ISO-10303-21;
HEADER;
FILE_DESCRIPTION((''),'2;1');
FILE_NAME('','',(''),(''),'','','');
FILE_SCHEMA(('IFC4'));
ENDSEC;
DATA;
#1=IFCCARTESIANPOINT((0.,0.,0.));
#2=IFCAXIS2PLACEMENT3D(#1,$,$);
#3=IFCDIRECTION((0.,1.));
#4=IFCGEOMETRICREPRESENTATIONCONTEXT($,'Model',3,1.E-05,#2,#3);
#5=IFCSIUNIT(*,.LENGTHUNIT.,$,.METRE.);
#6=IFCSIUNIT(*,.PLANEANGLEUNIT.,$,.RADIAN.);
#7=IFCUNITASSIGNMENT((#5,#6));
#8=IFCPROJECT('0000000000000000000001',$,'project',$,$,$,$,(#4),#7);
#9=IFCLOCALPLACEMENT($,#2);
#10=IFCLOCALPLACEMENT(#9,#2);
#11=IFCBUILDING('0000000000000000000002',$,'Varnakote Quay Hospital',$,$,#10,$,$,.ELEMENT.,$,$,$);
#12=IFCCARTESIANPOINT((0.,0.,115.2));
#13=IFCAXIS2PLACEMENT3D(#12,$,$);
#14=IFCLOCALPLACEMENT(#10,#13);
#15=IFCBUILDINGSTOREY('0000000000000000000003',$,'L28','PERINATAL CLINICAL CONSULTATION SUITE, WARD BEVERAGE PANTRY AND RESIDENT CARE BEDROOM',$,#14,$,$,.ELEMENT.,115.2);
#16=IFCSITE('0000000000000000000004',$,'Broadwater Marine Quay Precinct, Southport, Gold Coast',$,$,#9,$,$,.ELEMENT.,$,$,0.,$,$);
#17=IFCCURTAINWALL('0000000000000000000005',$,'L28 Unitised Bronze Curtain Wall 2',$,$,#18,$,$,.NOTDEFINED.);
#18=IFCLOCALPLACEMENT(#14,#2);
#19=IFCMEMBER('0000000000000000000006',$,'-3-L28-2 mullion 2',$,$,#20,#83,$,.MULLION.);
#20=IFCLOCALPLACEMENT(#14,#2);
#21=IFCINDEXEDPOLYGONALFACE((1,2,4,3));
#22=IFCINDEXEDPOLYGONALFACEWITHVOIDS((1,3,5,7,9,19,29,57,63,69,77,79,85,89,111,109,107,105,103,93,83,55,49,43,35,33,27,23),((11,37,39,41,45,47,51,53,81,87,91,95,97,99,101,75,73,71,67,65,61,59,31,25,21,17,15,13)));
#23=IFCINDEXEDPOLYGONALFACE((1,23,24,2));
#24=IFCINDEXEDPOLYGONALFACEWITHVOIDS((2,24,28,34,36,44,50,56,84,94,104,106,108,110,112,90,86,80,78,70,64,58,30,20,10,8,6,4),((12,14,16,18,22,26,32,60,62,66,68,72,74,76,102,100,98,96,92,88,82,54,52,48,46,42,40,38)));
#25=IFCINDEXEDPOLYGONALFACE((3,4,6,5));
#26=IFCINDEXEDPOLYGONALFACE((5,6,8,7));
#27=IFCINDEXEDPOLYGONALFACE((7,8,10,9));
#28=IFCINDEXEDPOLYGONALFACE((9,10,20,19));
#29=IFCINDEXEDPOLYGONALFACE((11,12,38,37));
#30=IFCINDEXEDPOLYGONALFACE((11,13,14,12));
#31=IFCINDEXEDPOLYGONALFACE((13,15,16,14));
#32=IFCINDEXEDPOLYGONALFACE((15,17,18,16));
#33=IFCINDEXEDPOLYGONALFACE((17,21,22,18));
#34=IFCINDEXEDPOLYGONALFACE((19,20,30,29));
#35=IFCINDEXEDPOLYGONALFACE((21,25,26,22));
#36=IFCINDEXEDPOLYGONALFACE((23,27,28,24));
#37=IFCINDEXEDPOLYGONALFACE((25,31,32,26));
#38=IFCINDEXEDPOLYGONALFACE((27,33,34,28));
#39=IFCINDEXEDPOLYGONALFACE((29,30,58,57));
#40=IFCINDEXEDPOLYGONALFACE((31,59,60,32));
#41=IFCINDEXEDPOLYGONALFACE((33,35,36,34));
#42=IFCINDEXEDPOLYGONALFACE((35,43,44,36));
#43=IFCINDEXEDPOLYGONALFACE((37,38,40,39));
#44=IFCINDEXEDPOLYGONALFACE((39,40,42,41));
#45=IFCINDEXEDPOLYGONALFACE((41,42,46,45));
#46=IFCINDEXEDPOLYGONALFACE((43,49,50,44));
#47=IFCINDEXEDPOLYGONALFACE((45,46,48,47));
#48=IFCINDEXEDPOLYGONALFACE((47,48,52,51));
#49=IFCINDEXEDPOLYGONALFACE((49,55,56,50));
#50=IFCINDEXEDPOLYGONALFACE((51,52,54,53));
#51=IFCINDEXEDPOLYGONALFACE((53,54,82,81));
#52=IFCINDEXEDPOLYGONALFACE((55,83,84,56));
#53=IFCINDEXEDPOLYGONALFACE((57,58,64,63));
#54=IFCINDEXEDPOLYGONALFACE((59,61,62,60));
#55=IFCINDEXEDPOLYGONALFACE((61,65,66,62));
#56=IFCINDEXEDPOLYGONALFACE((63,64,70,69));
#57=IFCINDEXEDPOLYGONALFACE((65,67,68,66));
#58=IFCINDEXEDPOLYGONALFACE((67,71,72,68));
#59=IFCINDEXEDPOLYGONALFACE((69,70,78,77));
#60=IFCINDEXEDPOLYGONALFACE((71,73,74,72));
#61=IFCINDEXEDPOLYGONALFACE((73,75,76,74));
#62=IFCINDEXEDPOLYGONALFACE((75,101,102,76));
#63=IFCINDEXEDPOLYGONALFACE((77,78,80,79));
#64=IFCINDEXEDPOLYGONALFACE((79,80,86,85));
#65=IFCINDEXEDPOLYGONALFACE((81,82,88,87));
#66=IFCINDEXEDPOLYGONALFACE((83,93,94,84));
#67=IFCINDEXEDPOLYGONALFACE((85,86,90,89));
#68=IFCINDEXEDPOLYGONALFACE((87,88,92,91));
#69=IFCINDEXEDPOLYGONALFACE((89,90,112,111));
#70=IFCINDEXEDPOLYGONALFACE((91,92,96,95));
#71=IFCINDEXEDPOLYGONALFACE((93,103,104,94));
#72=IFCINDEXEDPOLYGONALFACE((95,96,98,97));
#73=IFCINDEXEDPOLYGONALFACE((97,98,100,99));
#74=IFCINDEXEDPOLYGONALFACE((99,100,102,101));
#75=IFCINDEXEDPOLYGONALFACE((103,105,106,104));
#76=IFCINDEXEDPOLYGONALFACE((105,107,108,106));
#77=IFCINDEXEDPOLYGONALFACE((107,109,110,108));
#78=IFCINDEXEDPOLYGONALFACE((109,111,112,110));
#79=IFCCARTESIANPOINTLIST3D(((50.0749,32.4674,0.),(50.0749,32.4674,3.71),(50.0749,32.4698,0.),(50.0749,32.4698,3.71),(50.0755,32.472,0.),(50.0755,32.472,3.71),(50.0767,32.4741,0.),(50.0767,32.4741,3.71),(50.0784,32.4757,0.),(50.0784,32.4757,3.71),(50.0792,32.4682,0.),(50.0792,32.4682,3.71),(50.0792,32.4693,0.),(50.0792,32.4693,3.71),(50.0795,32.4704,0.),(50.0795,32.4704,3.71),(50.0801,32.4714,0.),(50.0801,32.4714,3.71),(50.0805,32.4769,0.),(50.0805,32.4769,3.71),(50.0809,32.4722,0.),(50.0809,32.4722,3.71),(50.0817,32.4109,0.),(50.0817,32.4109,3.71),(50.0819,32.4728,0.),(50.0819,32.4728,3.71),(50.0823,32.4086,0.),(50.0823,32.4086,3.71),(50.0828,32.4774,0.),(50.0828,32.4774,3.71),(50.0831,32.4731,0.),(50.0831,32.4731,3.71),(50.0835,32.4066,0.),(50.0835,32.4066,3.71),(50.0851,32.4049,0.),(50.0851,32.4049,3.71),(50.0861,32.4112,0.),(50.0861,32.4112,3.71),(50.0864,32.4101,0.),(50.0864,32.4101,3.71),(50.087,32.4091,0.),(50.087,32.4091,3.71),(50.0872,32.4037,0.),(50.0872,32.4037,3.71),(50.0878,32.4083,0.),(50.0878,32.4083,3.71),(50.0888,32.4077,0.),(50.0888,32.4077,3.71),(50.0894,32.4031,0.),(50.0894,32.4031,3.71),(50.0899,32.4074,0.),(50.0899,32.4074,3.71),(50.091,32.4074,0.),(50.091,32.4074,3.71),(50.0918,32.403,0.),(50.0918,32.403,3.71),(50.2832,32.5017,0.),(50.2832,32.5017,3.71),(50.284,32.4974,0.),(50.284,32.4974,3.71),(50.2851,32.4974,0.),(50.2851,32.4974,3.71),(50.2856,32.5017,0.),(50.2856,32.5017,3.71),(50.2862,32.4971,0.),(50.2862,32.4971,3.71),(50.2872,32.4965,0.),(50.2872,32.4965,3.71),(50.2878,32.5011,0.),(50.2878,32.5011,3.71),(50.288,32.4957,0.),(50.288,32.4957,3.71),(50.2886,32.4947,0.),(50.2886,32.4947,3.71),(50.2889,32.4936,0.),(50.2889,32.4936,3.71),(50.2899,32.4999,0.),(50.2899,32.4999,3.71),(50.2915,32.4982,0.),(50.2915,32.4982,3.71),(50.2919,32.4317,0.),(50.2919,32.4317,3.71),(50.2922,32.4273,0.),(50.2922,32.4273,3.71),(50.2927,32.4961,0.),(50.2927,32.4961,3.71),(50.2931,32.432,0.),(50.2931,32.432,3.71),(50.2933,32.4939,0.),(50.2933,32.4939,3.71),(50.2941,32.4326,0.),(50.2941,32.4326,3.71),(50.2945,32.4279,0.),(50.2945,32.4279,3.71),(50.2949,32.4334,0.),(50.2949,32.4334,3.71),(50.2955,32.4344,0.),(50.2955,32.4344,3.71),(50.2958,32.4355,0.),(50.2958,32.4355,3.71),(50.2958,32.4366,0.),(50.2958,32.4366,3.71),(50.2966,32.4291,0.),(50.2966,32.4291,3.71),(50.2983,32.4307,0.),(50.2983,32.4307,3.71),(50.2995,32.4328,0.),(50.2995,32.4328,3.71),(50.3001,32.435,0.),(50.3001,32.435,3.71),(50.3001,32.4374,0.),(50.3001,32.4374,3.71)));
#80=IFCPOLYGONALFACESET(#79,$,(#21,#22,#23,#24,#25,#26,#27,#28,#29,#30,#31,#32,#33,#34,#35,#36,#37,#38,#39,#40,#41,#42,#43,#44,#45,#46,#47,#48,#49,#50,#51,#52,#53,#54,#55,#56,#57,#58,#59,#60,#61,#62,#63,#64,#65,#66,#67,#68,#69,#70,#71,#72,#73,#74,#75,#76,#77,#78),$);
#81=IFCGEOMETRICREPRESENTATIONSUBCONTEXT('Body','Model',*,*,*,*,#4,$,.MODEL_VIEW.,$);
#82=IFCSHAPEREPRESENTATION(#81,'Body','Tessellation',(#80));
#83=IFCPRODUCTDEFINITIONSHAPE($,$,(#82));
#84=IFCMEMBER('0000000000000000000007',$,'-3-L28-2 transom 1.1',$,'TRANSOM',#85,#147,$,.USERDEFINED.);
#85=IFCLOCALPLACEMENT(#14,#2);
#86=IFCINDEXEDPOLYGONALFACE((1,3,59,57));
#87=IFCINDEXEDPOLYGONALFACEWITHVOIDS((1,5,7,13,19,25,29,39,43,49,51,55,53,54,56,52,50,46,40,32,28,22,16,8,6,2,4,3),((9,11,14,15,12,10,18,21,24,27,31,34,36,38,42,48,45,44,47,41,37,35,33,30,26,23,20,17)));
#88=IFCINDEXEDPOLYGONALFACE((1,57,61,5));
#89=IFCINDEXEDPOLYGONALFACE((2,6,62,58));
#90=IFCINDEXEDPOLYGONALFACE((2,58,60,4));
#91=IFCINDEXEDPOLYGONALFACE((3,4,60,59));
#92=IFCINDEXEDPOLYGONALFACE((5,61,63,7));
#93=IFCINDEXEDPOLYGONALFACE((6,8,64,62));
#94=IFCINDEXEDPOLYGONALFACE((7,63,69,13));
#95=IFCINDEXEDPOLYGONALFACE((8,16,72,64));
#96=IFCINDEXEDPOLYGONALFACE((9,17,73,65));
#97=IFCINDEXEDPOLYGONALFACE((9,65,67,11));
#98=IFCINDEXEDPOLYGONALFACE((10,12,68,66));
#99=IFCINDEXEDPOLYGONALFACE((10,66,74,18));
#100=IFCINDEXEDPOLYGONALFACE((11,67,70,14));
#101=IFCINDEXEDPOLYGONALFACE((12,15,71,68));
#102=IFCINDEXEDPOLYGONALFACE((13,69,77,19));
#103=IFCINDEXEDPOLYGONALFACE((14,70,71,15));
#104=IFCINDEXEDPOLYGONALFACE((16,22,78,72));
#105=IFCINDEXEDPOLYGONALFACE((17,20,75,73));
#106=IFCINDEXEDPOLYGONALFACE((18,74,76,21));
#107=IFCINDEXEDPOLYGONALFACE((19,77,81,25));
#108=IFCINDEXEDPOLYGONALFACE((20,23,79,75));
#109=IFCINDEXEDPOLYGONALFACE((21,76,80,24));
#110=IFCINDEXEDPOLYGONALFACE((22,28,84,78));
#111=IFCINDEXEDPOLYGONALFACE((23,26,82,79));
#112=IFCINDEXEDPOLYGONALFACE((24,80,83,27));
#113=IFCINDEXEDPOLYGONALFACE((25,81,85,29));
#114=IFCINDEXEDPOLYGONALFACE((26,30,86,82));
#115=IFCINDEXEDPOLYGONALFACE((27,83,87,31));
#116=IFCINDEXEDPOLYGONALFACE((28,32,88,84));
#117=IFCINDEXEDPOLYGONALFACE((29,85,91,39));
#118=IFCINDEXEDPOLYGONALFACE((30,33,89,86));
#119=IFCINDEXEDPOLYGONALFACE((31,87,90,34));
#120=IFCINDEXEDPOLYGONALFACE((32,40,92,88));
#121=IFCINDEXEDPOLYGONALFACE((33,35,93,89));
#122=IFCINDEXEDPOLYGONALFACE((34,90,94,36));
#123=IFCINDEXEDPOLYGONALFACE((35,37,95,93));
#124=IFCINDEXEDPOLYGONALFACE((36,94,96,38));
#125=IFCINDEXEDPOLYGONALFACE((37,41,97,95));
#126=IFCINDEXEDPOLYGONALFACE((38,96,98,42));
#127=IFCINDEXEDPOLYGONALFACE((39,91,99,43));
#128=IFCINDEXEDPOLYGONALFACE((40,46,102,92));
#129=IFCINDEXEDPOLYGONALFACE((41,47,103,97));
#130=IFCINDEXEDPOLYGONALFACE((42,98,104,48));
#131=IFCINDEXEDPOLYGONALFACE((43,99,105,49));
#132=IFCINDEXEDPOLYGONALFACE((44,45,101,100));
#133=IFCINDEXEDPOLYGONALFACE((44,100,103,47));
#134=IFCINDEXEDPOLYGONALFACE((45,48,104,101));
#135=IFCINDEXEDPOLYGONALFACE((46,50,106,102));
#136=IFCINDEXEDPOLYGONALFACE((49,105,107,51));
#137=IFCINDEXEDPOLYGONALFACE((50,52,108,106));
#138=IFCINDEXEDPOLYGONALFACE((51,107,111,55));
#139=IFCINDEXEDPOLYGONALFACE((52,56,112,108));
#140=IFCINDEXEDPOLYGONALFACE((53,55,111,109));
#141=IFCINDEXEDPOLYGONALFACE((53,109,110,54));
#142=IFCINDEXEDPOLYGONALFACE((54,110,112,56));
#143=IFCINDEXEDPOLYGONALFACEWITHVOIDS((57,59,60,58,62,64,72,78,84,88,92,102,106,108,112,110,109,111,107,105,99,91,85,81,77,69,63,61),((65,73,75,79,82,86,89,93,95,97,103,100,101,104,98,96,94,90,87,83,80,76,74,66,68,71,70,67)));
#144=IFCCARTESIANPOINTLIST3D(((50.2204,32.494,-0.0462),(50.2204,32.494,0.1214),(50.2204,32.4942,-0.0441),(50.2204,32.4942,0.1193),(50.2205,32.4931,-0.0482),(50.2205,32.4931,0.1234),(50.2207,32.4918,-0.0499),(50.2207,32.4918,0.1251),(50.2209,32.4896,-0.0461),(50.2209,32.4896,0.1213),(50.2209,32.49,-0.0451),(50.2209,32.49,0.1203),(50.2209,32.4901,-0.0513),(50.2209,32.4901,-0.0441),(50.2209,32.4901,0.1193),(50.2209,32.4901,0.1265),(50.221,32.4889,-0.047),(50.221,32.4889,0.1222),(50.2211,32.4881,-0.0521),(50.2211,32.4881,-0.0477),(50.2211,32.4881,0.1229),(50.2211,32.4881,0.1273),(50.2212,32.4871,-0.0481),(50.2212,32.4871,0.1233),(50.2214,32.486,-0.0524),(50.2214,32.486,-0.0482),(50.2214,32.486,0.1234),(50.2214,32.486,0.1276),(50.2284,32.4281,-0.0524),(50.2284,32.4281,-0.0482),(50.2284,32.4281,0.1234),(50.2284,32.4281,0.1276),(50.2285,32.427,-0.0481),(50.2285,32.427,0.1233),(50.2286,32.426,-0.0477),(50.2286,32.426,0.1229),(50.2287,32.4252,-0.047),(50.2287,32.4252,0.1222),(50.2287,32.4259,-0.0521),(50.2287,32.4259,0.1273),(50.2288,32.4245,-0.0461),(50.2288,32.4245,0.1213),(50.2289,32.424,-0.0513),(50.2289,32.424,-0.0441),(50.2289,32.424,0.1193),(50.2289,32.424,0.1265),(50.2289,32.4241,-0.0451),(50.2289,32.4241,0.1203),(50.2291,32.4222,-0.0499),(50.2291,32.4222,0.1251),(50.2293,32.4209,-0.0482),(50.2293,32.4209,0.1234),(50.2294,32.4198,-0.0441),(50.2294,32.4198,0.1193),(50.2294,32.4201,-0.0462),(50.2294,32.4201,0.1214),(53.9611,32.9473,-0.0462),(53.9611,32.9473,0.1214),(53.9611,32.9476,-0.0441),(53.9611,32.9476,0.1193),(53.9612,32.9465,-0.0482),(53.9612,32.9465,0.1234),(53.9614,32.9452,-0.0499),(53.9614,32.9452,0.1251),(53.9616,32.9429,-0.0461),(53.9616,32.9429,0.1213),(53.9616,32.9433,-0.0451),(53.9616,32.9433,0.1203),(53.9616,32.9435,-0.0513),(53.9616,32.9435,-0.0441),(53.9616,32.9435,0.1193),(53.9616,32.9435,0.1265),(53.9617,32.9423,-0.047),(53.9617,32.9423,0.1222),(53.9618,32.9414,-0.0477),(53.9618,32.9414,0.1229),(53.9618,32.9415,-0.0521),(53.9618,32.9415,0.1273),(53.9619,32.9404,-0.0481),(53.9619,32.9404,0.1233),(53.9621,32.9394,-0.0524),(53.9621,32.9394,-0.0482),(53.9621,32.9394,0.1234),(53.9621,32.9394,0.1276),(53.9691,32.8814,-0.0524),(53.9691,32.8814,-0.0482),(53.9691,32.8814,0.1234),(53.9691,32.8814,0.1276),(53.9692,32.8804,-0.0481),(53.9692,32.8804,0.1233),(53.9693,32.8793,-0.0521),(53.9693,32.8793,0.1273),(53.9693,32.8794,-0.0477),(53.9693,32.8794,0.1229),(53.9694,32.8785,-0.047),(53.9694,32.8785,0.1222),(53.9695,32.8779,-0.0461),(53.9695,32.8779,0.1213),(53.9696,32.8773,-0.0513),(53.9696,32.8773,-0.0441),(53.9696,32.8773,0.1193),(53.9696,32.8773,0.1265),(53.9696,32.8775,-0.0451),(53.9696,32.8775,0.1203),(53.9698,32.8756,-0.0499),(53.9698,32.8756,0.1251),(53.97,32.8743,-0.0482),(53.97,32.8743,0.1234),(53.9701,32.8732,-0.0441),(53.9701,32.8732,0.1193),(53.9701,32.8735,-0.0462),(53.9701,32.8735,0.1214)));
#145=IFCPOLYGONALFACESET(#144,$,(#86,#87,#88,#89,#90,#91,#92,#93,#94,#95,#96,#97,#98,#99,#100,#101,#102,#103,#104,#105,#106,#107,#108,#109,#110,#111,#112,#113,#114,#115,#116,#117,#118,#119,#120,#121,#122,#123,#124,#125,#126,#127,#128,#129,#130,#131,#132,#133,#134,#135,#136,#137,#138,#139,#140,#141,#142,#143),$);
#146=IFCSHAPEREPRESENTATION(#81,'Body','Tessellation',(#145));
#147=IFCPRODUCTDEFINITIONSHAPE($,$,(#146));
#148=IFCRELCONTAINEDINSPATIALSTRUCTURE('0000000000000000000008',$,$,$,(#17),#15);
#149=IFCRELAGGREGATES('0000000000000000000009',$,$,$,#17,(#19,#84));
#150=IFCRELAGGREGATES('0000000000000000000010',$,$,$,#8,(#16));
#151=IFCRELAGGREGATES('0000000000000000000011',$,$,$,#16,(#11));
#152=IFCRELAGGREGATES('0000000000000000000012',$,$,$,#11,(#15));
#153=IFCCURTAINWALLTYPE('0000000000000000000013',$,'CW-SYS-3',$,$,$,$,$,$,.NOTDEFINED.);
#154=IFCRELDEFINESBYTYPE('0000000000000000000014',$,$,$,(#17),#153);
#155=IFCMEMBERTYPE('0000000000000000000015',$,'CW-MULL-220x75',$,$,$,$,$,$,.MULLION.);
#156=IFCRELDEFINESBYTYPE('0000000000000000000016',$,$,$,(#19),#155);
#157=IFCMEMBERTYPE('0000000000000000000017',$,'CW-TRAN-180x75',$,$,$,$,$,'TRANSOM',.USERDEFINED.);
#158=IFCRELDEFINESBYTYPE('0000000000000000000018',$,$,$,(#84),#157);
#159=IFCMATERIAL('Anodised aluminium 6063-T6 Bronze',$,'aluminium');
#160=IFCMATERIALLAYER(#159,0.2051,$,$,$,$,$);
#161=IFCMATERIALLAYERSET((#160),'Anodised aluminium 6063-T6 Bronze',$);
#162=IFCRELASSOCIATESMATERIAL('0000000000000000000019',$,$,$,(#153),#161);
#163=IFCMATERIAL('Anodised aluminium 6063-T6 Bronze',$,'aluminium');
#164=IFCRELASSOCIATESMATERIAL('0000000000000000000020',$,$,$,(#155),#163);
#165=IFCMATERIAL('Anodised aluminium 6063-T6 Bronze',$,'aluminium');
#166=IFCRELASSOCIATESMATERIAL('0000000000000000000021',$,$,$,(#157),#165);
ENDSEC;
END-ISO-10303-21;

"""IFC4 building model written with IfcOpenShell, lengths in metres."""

from ifc_helpers import new_model, si_unit, direction, frame, origin, origin_2d, place, context, subcontext, project, spatial, hollow_rectangle, extrude, material, layer, layer_set, material_profile, profile_set, type_object, element, aggregate, save


model = new_model("IFC4")

# Units and contexts
model_context = context("Model", 3, precision=1e-05, world=origin(), true_north=direction((0.0, 1.0)))
body_context = subcontext(model_context, "Body", "Model", "MODEL_VIEW")
ifc_project = project(units=[si_unit("LENGTHUNIT", "METRE"), si_unit("PLANEANGLEUNIT", "RADIAN")], contexts=[model_context])

# Site, building, storey
site_placement = place(None, origin())
site = spatial("IfcSite", under=ifc_project, at=site_placement, Name="Broadwater Marine Quay Precinct, Southport, Gold Coast", CompositionType="ELEMENT", RefElevation=0.0)
building_placement = place(site_placement, origin())
building = spatial("IfcBuilding", under=site, at=building_placement, Name="Varnakote Quay Hospital", CompositionType="ELEMENT")
storey_placement = place(building_placement, frame((0.0, 0.0, 115.2)))
storey = spatial("IfcBuildingStorey", under=building, at=storey_placement, Name="L28", Description="PERINATAL CLINICAL CONSULTATION SUITE, WARD BEVERAGE PANTRY AND RESIDENT CARE BEDROOM", CompositionType="ELEMENT", Elevation=115.2)

# Shared definitions
ifc_material_1 = material(Name="Anodised aluminium 6063-T6 Bronze", Category="aluminium")
ifc_layer_1 = layer(ifc_material_1, 0.2051)
ifc_layer_set_1 = layer_set([ifc_layer_1], Name="Anodised aluminium 6063-T6 Bronze")
curtain_wall_type = type_object("IfcCurtainWallType", Name="CW-SYS-3", PredefinedType="NOTDEFINED", material=ifc_layer_set_1)
ifc_material_2 = material(Name="Anodised aluminium 6063-T6 Bronze", Category="aluminium")
ifc_material_profile_1 = material_profile(ifc_material_2, hollow_rectangle(XDim=0.075, YDim=0.22, WallThickness=0.0044, InnerFilletRadius=0.0044, OuterFilletRadius=0.009, at=origin_2d()), Name="CW-MULL-220x75")
ifc_profile_set_1 = profile_set([ifc_material_profile_1], Name="Anodised aluminium 6063-T6 Bronze")
member_type_1 = type_object("IfcMemberType", Name="CW-MULL-220x75", PredefinedType="MULLION", material=ifc_profile_set_1)

# Curtain wall, members
curtain_wall_1_placement = place(storey_placement, origin())
curtain_wall_1 = element("IfcCurtainWall", 1, at=curtain_wall_1_placement, inside=storey, type_object=curtain_wall_type, Name="L28 Unitised Bronze Curtain Wall 2", PredefinedType="NOTDEFINED")
member_1_placement = place(storey_placement, frame((50.1875, 32.4524, 0.0), z_axis=(0.0, 0.0, 1.0), x_axis=(0.120327, -0.992734, 0.0)))
member_1 = element("IfcMember", 2, at=member_1_placement, type_object=member_type_1, Name="-3-L28-2 mullion 2", PredefinedType="MULLION", context=body_context, shape_type="SweptSolid", body=[
    extrude(hollow_rectangle(XDim=0.075, YDim=0.22, WallThickness=0.0044, InnerFilletRadius=0.0044, OuterFilletRadius=0.009, at=origin_2d()), origin(), (0.0, 0.0, 1.0), 3.71),
])
ifc_material_3 = material(Name="Anodised aluminium 6063-T6 Bronze", Category="aluminium")
ifc_material_profile_2 = material_profile(ifc_material_3, hollow_rectangle(XDim=0.075, YDim=0.1799, WallThickness=0.0042, InnerFilletRadius=0.0042, OuterFilletRadius=0.0083, at=origin_2d()), Name="CW-TRAN-180x75")
ifc_profile_set_2 = profile_set([ifc_material_profile_2], Name="Anodised aluminium 6063-T6 Bronze")
member_type_2 = type_object("IfcMemberType", Name="CW-TRAN-180x75", ElementType="TRANSOM", PredefinedType="USERDEFINED", material=ifc_profile_set_2)
member_2_placement = place(storey_placement, frame((53.9656, 32.9104, 0.0376), z_axis=(-0.992735, -0.120318, 0.0), x_axis=(0.120318, -0.992735, 0.0)))
member_2 = element("IfcMember", 3, at=member_2_placement, type_object=member_type_2, Name="-3-L28-2 transom 1.1", ObjectType="TRANSOM", PredefinedType="USERDEFINED", context=body_context, shape_type="SweptSolid", body=[
    extrude(hollow_rectangle(XDim=0.075, YDim=0.1799, WallThickness=0.0042, InnerFilletRadius=0.0042, OuterFilletRadius=0.0083, at=origin_2d()), origin(), (0.0, 0.0, 1.0), 3.7681),
])

aggregate(curtain_wall_1, [member_1, member_2])

save(model, "model.ifc")
